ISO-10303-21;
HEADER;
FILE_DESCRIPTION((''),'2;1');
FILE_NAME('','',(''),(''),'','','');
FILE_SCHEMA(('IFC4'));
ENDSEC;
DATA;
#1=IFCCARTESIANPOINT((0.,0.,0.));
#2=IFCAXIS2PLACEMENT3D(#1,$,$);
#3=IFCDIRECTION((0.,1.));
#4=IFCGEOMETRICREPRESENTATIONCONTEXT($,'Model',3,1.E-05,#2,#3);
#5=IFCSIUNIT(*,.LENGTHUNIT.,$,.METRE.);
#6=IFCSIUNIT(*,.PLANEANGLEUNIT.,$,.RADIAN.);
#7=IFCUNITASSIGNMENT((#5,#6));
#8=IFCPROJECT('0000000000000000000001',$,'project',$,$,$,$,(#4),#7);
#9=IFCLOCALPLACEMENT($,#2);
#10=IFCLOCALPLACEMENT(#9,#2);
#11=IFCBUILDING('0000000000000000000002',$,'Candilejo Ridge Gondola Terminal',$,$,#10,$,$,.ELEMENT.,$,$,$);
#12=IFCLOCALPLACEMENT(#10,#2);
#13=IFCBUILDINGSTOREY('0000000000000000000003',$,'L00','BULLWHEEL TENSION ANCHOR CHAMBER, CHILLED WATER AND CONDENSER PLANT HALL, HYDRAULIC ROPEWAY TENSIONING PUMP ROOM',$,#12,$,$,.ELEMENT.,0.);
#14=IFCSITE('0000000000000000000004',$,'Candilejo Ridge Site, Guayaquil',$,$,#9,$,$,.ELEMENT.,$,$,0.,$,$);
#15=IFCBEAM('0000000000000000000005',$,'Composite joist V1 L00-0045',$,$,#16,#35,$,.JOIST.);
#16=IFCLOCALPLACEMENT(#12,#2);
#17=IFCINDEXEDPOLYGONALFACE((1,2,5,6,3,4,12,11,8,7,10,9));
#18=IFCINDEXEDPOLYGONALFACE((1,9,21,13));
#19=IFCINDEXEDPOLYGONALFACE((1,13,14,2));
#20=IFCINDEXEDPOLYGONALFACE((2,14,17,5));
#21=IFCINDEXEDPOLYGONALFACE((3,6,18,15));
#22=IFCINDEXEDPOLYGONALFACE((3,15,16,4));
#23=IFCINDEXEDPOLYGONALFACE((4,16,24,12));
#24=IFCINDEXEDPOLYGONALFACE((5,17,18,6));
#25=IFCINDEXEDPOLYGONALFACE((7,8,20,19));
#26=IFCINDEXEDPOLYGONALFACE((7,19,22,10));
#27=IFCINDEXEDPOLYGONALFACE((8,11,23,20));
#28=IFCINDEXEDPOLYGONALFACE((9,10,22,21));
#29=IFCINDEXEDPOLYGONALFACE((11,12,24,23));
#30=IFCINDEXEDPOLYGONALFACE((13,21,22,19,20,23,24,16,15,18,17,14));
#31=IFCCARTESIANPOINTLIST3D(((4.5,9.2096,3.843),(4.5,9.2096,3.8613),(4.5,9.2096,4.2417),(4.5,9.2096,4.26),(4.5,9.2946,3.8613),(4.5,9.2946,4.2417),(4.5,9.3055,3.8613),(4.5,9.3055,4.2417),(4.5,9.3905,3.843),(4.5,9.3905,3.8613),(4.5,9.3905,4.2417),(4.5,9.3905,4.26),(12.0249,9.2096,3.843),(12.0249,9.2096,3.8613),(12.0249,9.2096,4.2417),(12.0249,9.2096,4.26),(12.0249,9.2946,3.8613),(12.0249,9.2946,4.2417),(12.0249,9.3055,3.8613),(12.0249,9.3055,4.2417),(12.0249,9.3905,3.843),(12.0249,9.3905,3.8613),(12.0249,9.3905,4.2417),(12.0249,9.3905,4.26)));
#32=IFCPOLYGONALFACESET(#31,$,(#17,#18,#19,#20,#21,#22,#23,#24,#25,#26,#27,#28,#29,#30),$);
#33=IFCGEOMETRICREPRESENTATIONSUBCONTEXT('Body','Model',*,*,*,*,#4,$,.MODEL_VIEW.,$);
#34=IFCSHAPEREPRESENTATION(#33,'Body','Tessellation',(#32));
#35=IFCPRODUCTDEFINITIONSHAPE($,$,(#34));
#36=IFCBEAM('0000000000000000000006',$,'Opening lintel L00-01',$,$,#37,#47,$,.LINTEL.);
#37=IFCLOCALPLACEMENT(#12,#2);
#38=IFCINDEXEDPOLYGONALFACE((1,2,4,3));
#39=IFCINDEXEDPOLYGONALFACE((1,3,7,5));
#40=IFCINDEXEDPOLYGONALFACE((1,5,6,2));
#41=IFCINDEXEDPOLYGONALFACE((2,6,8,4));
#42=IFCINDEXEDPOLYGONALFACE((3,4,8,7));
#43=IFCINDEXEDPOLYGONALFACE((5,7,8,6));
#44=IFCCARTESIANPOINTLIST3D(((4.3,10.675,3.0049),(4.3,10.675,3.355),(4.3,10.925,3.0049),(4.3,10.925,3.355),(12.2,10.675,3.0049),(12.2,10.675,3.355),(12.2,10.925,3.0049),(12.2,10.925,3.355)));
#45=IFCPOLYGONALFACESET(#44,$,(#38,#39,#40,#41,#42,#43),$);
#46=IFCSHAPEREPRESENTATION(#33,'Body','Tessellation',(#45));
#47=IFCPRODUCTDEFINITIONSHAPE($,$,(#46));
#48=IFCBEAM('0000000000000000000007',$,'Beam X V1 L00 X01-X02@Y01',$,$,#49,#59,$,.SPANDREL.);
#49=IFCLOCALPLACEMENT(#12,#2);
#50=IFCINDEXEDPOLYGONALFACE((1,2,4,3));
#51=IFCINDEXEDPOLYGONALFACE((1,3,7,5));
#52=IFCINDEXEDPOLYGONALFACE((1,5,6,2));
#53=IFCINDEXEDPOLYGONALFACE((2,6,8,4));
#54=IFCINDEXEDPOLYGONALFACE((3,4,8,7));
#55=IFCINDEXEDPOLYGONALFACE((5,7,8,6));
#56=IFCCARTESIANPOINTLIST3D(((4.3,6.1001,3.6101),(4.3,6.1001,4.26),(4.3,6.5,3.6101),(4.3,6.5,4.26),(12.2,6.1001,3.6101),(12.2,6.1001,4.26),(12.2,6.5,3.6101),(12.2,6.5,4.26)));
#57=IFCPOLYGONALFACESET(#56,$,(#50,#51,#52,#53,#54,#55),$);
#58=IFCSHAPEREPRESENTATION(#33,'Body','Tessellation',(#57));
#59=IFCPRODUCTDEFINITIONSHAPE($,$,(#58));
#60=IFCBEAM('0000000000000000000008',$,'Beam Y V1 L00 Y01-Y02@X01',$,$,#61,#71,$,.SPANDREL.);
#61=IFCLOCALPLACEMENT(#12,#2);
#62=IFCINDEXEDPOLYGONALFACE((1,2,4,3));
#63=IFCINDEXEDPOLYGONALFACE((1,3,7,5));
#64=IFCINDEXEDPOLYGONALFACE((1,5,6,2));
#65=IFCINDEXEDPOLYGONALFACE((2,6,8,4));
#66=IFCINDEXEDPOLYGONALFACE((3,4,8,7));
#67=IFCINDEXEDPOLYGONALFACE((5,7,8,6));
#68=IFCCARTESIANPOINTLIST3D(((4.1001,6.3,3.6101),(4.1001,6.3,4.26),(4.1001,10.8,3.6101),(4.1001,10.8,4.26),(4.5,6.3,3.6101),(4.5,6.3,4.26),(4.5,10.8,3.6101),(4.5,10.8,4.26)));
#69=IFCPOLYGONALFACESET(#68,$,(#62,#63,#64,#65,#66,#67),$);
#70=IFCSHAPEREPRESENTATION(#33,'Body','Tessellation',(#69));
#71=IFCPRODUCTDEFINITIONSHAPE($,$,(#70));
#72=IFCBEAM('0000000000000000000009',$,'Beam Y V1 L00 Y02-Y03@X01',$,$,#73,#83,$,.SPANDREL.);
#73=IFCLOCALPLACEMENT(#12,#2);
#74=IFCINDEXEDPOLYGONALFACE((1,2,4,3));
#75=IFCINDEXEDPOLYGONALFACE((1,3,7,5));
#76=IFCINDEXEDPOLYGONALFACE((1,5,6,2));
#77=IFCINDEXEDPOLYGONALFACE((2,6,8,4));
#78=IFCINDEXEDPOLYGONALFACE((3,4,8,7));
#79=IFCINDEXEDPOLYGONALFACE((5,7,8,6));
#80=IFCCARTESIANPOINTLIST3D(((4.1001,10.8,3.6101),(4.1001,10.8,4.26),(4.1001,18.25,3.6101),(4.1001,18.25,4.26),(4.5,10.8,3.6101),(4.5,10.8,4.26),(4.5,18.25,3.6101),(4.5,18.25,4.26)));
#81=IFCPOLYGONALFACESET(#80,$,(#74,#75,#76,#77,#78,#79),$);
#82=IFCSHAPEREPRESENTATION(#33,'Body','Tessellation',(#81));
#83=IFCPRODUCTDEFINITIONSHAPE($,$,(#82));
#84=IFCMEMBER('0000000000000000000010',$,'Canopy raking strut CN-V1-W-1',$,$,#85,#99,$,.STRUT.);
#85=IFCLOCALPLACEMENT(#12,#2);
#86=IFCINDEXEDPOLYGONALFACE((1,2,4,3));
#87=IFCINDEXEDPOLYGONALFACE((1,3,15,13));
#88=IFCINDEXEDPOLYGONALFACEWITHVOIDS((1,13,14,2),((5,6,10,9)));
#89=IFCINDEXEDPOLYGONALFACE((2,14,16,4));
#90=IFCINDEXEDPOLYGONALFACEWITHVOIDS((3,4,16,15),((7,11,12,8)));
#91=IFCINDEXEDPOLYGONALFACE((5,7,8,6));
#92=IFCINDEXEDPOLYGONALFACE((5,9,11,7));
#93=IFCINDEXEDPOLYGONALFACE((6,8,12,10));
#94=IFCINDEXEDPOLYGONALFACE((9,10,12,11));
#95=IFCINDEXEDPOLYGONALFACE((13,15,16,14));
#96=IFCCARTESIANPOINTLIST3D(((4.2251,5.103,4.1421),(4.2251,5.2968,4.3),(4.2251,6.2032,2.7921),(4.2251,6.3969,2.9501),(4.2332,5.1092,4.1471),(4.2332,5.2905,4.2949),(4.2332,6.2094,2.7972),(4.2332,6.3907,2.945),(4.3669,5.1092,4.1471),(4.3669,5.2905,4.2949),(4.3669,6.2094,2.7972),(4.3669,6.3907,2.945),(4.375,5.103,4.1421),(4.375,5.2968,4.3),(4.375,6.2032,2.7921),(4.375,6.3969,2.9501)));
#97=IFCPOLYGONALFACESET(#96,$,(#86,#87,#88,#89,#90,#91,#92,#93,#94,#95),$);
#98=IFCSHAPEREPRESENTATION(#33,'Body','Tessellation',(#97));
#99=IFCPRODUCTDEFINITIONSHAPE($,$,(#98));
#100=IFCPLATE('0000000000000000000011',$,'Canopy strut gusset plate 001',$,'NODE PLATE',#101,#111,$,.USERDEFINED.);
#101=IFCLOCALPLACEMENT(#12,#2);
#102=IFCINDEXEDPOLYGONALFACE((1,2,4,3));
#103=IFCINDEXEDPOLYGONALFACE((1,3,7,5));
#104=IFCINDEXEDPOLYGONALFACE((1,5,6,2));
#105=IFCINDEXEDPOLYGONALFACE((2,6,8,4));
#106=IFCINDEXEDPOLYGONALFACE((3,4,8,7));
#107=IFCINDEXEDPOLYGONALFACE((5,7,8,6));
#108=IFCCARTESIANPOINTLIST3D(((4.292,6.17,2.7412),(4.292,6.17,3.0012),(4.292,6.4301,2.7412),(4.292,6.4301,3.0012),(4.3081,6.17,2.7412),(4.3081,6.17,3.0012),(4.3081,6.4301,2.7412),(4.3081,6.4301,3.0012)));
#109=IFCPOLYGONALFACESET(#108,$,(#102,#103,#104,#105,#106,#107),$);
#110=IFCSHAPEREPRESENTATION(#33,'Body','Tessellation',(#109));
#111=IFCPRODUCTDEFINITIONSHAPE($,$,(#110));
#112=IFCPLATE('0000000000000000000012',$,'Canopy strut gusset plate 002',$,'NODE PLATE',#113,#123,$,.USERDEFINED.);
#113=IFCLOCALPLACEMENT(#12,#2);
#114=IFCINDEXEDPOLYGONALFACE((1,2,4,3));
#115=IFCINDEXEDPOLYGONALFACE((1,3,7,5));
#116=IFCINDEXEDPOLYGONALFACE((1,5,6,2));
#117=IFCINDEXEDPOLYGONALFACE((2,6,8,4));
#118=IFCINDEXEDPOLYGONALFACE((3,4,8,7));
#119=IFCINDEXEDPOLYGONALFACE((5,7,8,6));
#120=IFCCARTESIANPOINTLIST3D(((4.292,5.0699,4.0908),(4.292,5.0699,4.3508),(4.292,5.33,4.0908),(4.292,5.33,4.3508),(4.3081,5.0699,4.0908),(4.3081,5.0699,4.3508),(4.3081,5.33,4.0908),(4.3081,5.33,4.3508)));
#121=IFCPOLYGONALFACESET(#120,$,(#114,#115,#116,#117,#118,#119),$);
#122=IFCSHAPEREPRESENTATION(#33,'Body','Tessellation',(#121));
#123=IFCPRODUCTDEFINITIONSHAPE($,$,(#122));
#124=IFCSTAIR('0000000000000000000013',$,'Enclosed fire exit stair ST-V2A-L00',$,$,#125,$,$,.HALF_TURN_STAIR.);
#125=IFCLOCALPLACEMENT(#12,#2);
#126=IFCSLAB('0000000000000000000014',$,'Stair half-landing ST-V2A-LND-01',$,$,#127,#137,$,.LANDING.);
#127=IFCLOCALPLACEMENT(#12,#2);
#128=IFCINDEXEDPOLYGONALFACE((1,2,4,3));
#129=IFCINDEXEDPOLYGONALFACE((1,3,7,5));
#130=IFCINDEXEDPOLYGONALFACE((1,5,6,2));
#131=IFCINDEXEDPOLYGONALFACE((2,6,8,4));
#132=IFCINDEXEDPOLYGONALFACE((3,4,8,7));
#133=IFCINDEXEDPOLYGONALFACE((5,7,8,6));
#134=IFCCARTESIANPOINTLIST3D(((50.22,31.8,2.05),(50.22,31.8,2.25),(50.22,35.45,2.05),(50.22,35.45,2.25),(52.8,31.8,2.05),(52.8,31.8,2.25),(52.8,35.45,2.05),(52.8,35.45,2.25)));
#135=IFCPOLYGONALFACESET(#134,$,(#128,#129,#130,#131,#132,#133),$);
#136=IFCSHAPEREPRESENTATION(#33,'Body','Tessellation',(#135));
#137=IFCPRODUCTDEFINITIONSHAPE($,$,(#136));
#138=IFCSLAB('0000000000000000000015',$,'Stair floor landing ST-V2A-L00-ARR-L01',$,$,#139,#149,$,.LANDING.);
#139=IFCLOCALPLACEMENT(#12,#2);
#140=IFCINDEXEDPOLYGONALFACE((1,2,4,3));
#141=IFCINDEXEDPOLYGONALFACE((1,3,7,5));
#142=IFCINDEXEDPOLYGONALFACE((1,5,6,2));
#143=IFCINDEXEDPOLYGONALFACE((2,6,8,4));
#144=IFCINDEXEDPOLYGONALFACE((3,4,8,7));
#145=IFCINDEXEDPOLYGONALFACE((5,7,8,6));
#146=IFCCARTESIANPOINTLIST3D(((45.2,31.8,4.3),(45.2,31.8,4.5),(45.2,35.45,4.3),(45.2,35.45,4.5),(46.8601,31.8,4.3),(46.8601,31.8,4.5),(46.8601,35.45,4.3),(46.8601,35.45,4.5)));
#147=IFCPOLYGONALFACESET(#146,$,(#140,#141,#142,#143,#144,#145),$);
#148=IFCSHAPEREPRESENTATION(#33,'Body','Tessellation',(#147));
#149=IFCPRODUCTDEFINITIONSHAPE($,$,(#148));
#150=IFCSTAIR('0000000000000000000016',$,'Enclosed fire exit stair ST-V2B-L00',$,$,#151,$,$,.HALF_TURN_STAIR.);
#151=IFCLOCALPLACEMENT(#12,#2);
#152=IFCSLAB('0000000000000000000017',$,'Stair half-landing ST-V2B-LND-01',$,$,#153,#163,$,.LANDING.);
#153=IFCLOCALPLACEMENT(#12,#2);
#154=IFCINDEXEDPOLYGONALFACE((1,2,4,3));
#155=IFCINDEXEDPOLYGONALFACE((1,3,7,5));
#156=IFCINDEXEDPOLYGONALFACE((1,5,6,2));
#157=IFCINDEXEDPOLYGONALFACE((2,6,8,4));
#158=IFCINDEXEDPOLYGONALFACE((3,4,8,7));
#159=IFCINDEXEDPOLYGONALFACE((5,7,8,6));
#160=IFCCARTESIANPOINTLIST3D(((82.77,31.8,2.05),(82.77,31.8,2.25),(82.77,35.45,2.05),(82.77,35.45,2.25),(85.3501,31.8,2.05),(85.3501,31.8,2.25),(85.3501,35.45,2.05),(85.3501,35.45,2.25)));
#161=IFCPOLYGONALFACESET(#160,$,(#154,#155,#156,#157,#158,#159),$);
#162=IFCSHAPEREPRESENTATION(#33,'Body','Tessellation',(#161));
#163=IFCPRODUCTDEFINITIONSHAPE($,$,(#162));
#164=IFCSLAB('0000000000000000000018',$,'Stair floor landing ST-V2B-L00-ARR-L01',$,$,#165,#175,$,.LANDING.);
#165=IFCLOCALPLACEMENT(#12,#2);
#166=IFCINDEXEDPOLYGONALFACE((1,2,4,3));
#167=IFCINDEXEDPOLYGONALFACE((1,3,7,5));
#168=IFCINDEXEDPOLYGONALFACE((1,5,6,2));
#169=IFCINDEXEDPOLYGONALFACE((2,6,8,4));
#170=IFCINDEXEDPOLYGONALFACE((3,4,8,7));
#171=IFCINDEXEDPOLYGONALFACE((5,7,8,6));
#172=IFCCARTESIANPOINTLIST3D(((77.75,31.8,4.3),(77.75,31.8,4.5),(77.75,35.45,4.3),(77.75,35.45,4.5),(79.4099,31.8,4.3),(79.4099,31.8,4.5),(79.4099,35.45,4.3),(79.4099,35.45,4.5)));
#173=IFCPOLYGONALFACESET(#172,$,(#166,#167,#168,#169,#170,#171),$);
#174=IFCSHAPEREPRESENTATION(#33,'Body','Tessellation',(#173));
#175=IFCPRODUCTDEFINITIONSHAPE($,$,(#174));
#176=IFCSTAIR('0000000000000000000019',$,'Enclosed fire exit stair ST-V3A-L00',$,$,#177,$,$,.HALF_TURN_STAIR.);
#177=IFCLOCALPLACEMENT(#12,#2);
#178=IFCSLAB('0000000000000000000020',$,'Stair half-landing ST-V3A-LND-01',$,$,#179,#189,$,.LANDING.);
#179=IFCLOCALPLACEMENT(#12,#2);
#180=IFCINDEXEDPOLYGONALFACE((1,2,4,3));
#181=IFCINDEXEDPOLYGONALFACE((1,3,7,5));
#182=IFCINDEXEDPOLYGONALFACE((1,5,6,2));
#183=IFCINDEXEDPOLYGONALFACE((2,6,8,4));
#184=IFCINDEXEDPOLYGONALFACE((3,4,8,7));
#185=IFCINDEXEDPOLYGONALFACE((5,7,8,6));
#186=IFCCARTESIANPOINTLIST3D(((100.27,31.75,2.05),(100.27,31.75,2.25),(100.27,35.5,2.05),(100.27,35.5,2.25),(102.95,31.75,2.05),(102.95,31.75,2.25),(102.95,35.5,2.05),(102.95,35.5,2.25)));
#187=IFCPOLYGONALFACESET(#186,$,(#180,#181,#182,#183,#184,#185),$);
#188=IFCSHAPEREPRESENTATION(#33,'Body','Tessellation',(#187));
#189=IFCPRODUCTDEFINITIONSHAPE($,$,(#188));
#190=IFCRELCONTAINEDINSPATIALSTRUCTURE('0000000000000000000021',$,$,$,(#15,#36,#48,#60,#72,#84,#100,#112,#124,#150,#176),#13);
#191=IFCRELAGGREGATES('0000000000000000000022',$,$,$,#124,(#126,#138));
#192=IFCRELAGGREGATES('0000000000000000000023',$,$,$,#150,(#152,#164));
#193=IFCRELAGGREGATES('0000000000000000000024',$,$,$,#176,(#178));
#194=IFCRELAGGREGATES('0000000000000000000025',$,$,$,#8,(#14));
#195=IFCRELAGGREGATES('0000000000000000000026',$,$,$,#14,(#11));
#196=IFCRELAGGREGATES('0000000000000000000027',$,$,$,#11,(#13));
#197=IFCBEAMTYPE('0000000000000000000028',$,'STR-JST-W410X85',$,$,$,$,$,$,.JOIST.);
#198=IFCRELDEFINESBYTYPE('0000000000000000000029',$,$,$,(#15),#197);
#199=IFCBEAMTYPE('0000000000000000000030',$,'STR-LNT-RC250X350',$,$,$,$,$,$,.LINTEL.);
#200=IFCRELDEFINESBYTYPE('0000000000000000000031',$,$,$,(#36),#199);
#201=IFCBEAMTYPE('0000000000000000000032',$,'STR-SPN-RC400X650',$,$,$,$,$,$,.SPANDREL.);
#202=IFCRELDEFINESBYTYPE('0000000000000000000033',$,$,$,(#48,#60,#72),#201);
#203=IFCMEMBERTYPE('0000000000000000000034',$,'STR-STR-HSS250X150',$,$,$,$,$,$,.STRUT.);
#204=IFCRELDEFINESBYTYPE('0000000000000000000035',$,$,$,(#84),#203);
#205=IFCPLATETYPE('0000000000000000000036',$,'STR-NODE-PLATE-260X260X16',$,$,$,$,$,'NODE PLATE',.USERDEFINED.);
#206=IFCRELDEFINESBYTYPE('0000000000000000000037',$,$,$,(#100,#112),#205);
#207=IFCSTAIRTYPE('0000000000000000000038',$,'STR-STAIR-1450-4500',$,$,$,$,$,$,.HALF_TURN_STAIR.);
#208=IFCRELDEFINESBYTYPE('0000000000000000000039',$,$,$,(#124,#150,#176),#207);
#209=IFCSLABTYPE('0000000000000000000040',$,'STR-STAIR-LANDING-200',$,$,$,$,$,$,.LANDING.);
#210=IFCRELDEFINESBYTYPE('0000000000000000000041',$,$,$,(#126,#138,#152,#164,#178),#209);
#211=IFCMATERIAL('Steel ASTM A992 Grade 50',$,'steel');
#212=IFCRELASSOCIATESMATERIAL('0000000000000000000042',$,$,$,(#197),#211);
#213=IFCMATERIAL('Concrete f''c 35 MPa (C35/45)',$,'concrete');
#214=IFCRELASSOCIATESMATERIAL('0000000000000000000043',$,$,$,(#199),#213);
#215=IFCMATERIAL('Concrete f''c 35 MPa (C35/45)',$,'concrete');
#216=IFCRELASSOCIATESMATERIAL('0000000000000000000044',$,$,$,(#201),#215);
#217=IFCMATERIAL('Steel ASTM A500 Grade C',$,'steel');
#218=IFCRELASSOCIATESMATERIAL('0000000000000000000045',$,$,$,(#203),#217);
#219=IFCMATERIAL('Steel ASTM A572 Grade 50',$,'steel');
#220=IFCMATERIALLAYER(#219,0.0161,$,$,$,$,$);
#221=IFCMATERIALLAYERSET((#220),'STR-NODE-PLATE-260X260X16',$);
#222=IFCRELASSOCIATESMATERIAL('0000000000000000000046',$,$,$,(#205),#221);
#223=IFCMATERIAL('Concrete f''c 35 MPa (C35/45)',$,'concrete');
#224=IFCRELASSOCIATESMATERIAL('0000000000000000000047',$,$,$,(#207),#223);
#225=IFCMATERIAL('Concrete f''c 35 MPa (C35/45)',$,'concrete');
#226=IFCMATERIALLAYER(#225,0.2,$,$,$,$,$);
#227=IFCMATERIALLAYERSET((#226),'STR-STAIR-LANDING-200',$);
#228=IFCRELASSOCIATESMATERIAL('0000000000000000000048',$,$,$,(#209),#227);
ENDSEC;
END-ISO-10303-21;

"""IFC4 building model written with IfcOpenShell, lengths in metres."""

from ifc_helpers import new_model, si_unit, direction, frame, origin, origin_2d, place, context, subcontext, project, spatial, polyline, rectangle, hollow_rectangle, i_section, outline, extrude, material, layer, layer_set, material_profile, profile_set, type_object, element, aggregate, save


model = new_model("IFC4")

# Units and contexts
model_context = context("Model", 3, precision=1e-05, world=origin(), true_north=direction((0.0, 1.0)))
body_context = subcontext(model_context, "Body", "Model", "MODEL_VIEW")
ifc_project = project(units=[si_unit("LENGTHUNIT", "METRE"), si_unit("PLANEANGLEUNIT", "RADIAN")], contexts=[model_context])

# Site, building, storey
site_placement = place(None, origin())
site = spatial("IfcSite", under=ifc_project, at=site_placement, Name="Candilejo Ridge Site, Guayaquil", CompositionType="ELEMENT", RefElevation=0.0)
building_placement = place(site_placement, origin())
building = spatial("IfcBuilding", under=site, at=building_placement, Name="Candilejo Ridge Gondola Terminal", CompositionType="ELEMENT")
storey_placement = place(building_placement, origin())
storey = spatial("IfcBuildingStorey", under=building, at=storey_placement, Name="L00", Description="BULLWHEEL TENSION ANCHOR CHAMBER, CHILLED WATER AND CONDENSER PLANT HALL, HYDRAULIC ROPEWAY TENSIONING PUMP ROOM", CompositionType="ELEMENT", Elevation=0.0)

# Beams
ifc_material_1 = material(Name="Steel ASTM A992 Grade 50", Category="steel")
ifc_material_profile_1 = material_profile(ifc_material_1, i_section(OverallWidth=0.1809, OverallDepth=0.417, WebThickness=0.011, FlangeThickness=0.0183, at=origin_2d()))
ifc_profile_set_1 = profile_set([ifc_material_profile_1], Name="Steel ASTM A992 Grade 50")
beam_type_1 = type_object("IfcBeamType", Name="STR-JST-W410X85", PredefinedType="JOIST", material=ifc_profile_set_1)
for number, where, z_axis, x_axis, name in (
    (1, (4.5, 9.3, 4.0515), (1.0, 0.0, 0.0), (0.0, 1.0, 0.0), "Composite joist V1 L00-0045"),
):
    element("IfcBeam", number, at=place(storey_placement, frame(where, z_axis=z_axis, x_axis=x_axis)), inside=storey, type_object=beam_type_1, Name=name, PredefinedType="JOIST", context=body_context, shape_type="SweptSolid", body=[
        extrude(i_section(OverallWidth=0.1809, OverallDepth=0.417, WebThickness=0.011, FlangeThickness=0.0183, at=origin_2d()), origin(), (0.0, 0.0, 1.0), 7.5249),
    ])
ifc_material_2 = material(Name="Concrete f'c 35 MPa (C35/45)", Category="concrete")
ifc_material_profile_2 = material_profile(ifc_material_2, rectangle(XDim=0.25, YDim=0.3501, at=origin_2d()))
ifc_profile_set_2 = profile_set([ifc_material_profile_2], Name="Concrete f'c 35 MPa (C35/45)")
beam_type_2 = type_object("IfcBeamType", Name="STR-LNT-RC250X350", PredefinedType="LINTEL", material=ifc_profile_set_2)
beam_1_placement = place(storey_placement, frame((4.3, 10.8, 3.1799), z_axis=(1.0, 0.0, 0.0), x_axis=(0.0, 1.0, 0.0)))
element("IfcBeam", 2, at=beam_1_placement, inside=storey, type_object=beam_type_2, Name="Opening lintel L00-01", PredefinedType="LINTEL", context=body_context, shape_type="SweptSolid", body=[
    extrude(rectangle(XDim=0.25, YDim=0.3501, at=origin_2d()), origin(), (0.0, 0.0, 1.0), 7.8999),
])
ifc_material_3 = material(Name="Concrete f'c 35 MPa (C35/45)", Category="concrete")
ifc_material_profile_3 = material_profile(ifc_material_3, rectangle(XDim=0.3999, YDim=0.6499, at=origin_2d()))
ifc_profile_set_3 = profile_set([ifc_material_profile_3], Name="Concrete f'c 35 MPa (C35/45)")
beam_type_3 = type_object("IfcBeamType", Name="STR-SPN-RC400X650", PredefinedType="SPANDREL", material=ifc_profile_set_3)
beam_2_placement = place(storey_placement, frame((4.3, 6.3, 3.9351), z_axis=(1.0, 0.0, 0.0), x_axis=(0.0, 1.0, 0.0)))
element("IfcBeam", 3, at=beam_2_placement, inside=storey, type_object=beam_type_3, Name="Beam X V1 L00 X01-X02@Y01", PredefinedType="SPANDREL", context=body_context, shape_type="SweptSolid", body=[
    extrude(rectangle(XDim=0.3999, YDim=0.6499, at=origin_2d()), origin(), (0.0, 0.0, 1.0), 7.8999),
])
beam_3_placement = place(storey_placement, frame((4.3, 6.3, 3.9351), z_axis=(0.0, 1.0, 0.0), x_axis=(-1.0, 0.0, 0.0)))
element("IfcBeam", 4, at=beam_3_placement, inside=storey, type_object=beam_type_3, Name="Beam Y V1 L00 Y01-Y02@X01", PredefinedType="SPANDREL", context=body_context, shape_type="SweptSolid", body=[
    extrude(rectangle(XDim=0.3999, YDim=0.6499, at=origin_2d()), origin(), (0.0, 0.0, 1.0), 4.5),
])
beam_4_placement = place(storey_placement, frame((4.3, 10.8, 3.9351), z_axis=(0.0, 1.0, 0.0), x_axis=(-1.0, 0.0, 0.0)))
element("IfcBeam", 5, at=beam_4_placement, inside=storey, type_object=beam_type_3, Name="Beam Y V1 L00 Y02-Y03@X01", PredefinedType="SPANDREL", context=body_context, shape_type="SweptSolid", body=[
    extrude(rectangle(XDim=0.3999, YDim=0.6499, at=origin_2d()), origin(), (0.0, 0.0, 1.0), 7.45),
])

# Member
ifc_material_4 = material(Name="Steel ASTM A500 Grade C", Category="steel")
ifc_material_profile_4 = material_profile(ifc_material_4, hollow_rectangle(XDim=0.1499, YDim=0.25, WallThickness=0.0081, at=origin_2d()))
ifc_profile_set_4 = profile_set([ifc_material_profile_4], Name="Steel ASTM A500 Grade C")
member_type = type_object("IfcMemberType", Name="STR-STR-HSS250X150", PredefinedType="STRUT", material=ifc_profile_set_4)
member_placement = place(storey_placement, frame((4.3, 6.3, 2.8711), z_axis=(0.0, -0.631748, 0.775174), x_axis=(1.0, 0.0, 0.0)))
element("IfcMember", 6, at=member_placement, inside=storey, type_object=member_type, Name="Canopy raking strut CN-V1-W-1", PredefinedType="STRUT", context=body_context, shape_type="SweptSolid", body=[
    extrude(hollow_rectangle(XDim=0.1499, YDim=0.25, WallThickness=0.0081, at=origin_2d()), origin(), (0.0, 0.0, 1.0), 1.7415),
])

# Plates
ifc_material_5 = material(Name="Steel ASTM A572 Grade 50", Category="steel")
ifc_layer_1 = layer(ifc_material_5, 0.0161)
ifc_layer_set_1 = layer_set([ifc_layer_1], Name="STR-NODE-PLATE-260X260X16")
plate_type = type_object("IfcPlateType", Name="STR-NODE-PLATE-260X260X16", ElementType="NODE PLATE", PredefinedType="USERDEFINED", material=ifc_layer_set_1)
for number, where, z_axis, x_axis, name in (
    (7, (4.3, 6.3, 2.7412), (0.0, 0.0, 1.0), (1.0, 0.0, 0.0), "Canopy strut gusset plate 001"),
    (8, (4.3, 5.2, 4.0908), (0.0, 0.0, 1.0), (1.0, 0.0, 0.0), "Canopy strut gusset plate 002"),
):
    element("IfcPlate", number, at=place(storey_placement, frame(where, z_axis=z_axis, x_axis=x_axis)), inside=storey, type_object=plate_type, Name=name, ObjectType="NODE PLATE", PredefinedType="USERDEFINED", context=body_context, shape_type="SweptSolid", body=[
        extrude(rectangle(XDim=0.0161, YDim=0.26, at=origin_2d()), origin(), (0.0, 0.0, 1.0), 0.26),
    ])

# Stairs, slabs
ifc_material_6 = material(Name="Concrete f'c 35 MPa (C35/45)", Category="concrete")
stair_type_1 = type_object("IfcStairType", Name="STR-STAIR-1450-4500", PredefinedType="HALF_TURN_STAIR", material=ifc_material_6)
stair_1_placement = place(storey_placement, origin())
stair_1 = element("IfcStair", 9, at=stair_1_placement, inside=storey, type_object=stair_type_1, Name="Enclosed fire exit stair ST-V2A-L00", PredefinedType="HALF_TURN_STAIR")
ifc_material_7 = material(Name="Concrete f'c 35 MPa (C35/45)", Category="concrete")
ifc_layer_2 = layer(ifc_material_7, 0.2)
ifc_layer_set_2 = layer_set([ifc_layer_2], Name="STR-STAIR-LANDING-200")
slab_type = type_object("IfcSlabType", Name="STR-STAIR-LANDING-200", PredefinedType="LANDING", material=ifc_layer_set_2)
slab_1_placement = place(storey_placement, frame((0.0, 0.0, 2.05)))
slab_1 = element("IfcSlab", 10, at=slab_1_placement, type_object=slab_type, Name="Stair half-landing ST-V2A-LND-01", PredefinedType="LANDING", context=body_context, shape_type="SweptSolid", body=[
    extrude(outline(polyline([(50.22, 31.8), (52.8, 31.8), (52.8, 35.45), (50.22, 35.45), (50.22, 31.8)])), origin(), (0.0, 0.0, 1.0), 0.2),
])
slab_2_placement = place(storey_placement, frame((0.0, 0.0, 4.3)))
slab_2 = element("IfcSlab", 11, at=slab_2_placement, type_object=slab_type, Name="Stair floor landing ST-V2A-L00-ARR-L01", PredefinedType="LANDING", context=body_context, shape_type="SweptSolid", body=[
    extrude(outline(polyline([(45.2, 31.8), (46.8601, 31.8), (46.8601, 35.45), (45.2, 35.45), (45.2, 31.8)])), origin(), (0.0, 0.0, 1.0), 0.2),
])
aggregate(stair_1, [slab_1, slab_2])
stair_2_placement = place(storey_placement, origin())
stair_2 = element("IfcStair", 12, at=stair_2_placement, inside=storey, type_object=stair_type_1, Name="Enclosed fire exit stair ST-V2B-L00", PredefinedType="HALF_TURN_STAIR")
slab_3_placement = place(storey_placement, frame((0.0, 0.0, 2.05)))
slab_3 = element("IfcSlab", 13, at=slab_3_placement, type_object=slab_type, Name="Stair half-landing ST-V2B-LND-01", PredefinedType="LANDING", context=body_context, shape_type="SweptSolid", body=[
    extrude(outline(polyline([(82.77, 31.8), (85.3501, 31.8), (85.3501, 35.45), (82.77, 35.45), (82.77, 31.8)])), origin(), (0.0, 0.0, 1.0), 0.2),
])
slab_4_placement = place(storey_placement, frame((0.0, 0.0, 4.3)))
slab_4 = element("IfcSlab", 14, at=slab_4_placement, type_object=slab_type, Name="Stair floor landing ST-V2B-L00-ARR-L01", PredefinedType="LANDING", context=body_context, shape_type="SweptSolid", body=[
    extrude(outline(polyline([(77.75, 31.8), (79.4099, 31.8), (79.4099, 35.45), (77.75, 35.45), (77.75, 31.8)])), origin(), (0.0, 0.0, 1.0), 0.2),
])
aggregate(stair_2, [slab_3, slab_4])
stair_3_placement = place(storey_placement, origin())
stair_3 = element("IfcStair", 15, at=stair_3_placement, inside=storey, type_object=stair_type_1, Name="Enclosed fire exit stair ST-V3A-L00", PredefinedType="HALF_TURN_STAIR")
slab_5_placement = place(storey_placement, frame((0.0, 0.0, 2.05)))
slab_5 = element("IfcSlab", 16, at=slab_5_placement, type_object=slab_type, Name="Stair half-landing ST-V3A-LND-01", PredefinedType="LANDING", context=body_context, shape_type="SweptSolid", body=[
    extrude(outline(polyline([(100.27, 31.75), (102.95, 31.75), (102.95, 35.5), (100.27, 35.5), (100.27, 31.75)])), origin(), (0.0, 0.0, 1.0), 0.2),
])
aggregate(stair_3, [slab_5])

save(model, "model.ifc")
